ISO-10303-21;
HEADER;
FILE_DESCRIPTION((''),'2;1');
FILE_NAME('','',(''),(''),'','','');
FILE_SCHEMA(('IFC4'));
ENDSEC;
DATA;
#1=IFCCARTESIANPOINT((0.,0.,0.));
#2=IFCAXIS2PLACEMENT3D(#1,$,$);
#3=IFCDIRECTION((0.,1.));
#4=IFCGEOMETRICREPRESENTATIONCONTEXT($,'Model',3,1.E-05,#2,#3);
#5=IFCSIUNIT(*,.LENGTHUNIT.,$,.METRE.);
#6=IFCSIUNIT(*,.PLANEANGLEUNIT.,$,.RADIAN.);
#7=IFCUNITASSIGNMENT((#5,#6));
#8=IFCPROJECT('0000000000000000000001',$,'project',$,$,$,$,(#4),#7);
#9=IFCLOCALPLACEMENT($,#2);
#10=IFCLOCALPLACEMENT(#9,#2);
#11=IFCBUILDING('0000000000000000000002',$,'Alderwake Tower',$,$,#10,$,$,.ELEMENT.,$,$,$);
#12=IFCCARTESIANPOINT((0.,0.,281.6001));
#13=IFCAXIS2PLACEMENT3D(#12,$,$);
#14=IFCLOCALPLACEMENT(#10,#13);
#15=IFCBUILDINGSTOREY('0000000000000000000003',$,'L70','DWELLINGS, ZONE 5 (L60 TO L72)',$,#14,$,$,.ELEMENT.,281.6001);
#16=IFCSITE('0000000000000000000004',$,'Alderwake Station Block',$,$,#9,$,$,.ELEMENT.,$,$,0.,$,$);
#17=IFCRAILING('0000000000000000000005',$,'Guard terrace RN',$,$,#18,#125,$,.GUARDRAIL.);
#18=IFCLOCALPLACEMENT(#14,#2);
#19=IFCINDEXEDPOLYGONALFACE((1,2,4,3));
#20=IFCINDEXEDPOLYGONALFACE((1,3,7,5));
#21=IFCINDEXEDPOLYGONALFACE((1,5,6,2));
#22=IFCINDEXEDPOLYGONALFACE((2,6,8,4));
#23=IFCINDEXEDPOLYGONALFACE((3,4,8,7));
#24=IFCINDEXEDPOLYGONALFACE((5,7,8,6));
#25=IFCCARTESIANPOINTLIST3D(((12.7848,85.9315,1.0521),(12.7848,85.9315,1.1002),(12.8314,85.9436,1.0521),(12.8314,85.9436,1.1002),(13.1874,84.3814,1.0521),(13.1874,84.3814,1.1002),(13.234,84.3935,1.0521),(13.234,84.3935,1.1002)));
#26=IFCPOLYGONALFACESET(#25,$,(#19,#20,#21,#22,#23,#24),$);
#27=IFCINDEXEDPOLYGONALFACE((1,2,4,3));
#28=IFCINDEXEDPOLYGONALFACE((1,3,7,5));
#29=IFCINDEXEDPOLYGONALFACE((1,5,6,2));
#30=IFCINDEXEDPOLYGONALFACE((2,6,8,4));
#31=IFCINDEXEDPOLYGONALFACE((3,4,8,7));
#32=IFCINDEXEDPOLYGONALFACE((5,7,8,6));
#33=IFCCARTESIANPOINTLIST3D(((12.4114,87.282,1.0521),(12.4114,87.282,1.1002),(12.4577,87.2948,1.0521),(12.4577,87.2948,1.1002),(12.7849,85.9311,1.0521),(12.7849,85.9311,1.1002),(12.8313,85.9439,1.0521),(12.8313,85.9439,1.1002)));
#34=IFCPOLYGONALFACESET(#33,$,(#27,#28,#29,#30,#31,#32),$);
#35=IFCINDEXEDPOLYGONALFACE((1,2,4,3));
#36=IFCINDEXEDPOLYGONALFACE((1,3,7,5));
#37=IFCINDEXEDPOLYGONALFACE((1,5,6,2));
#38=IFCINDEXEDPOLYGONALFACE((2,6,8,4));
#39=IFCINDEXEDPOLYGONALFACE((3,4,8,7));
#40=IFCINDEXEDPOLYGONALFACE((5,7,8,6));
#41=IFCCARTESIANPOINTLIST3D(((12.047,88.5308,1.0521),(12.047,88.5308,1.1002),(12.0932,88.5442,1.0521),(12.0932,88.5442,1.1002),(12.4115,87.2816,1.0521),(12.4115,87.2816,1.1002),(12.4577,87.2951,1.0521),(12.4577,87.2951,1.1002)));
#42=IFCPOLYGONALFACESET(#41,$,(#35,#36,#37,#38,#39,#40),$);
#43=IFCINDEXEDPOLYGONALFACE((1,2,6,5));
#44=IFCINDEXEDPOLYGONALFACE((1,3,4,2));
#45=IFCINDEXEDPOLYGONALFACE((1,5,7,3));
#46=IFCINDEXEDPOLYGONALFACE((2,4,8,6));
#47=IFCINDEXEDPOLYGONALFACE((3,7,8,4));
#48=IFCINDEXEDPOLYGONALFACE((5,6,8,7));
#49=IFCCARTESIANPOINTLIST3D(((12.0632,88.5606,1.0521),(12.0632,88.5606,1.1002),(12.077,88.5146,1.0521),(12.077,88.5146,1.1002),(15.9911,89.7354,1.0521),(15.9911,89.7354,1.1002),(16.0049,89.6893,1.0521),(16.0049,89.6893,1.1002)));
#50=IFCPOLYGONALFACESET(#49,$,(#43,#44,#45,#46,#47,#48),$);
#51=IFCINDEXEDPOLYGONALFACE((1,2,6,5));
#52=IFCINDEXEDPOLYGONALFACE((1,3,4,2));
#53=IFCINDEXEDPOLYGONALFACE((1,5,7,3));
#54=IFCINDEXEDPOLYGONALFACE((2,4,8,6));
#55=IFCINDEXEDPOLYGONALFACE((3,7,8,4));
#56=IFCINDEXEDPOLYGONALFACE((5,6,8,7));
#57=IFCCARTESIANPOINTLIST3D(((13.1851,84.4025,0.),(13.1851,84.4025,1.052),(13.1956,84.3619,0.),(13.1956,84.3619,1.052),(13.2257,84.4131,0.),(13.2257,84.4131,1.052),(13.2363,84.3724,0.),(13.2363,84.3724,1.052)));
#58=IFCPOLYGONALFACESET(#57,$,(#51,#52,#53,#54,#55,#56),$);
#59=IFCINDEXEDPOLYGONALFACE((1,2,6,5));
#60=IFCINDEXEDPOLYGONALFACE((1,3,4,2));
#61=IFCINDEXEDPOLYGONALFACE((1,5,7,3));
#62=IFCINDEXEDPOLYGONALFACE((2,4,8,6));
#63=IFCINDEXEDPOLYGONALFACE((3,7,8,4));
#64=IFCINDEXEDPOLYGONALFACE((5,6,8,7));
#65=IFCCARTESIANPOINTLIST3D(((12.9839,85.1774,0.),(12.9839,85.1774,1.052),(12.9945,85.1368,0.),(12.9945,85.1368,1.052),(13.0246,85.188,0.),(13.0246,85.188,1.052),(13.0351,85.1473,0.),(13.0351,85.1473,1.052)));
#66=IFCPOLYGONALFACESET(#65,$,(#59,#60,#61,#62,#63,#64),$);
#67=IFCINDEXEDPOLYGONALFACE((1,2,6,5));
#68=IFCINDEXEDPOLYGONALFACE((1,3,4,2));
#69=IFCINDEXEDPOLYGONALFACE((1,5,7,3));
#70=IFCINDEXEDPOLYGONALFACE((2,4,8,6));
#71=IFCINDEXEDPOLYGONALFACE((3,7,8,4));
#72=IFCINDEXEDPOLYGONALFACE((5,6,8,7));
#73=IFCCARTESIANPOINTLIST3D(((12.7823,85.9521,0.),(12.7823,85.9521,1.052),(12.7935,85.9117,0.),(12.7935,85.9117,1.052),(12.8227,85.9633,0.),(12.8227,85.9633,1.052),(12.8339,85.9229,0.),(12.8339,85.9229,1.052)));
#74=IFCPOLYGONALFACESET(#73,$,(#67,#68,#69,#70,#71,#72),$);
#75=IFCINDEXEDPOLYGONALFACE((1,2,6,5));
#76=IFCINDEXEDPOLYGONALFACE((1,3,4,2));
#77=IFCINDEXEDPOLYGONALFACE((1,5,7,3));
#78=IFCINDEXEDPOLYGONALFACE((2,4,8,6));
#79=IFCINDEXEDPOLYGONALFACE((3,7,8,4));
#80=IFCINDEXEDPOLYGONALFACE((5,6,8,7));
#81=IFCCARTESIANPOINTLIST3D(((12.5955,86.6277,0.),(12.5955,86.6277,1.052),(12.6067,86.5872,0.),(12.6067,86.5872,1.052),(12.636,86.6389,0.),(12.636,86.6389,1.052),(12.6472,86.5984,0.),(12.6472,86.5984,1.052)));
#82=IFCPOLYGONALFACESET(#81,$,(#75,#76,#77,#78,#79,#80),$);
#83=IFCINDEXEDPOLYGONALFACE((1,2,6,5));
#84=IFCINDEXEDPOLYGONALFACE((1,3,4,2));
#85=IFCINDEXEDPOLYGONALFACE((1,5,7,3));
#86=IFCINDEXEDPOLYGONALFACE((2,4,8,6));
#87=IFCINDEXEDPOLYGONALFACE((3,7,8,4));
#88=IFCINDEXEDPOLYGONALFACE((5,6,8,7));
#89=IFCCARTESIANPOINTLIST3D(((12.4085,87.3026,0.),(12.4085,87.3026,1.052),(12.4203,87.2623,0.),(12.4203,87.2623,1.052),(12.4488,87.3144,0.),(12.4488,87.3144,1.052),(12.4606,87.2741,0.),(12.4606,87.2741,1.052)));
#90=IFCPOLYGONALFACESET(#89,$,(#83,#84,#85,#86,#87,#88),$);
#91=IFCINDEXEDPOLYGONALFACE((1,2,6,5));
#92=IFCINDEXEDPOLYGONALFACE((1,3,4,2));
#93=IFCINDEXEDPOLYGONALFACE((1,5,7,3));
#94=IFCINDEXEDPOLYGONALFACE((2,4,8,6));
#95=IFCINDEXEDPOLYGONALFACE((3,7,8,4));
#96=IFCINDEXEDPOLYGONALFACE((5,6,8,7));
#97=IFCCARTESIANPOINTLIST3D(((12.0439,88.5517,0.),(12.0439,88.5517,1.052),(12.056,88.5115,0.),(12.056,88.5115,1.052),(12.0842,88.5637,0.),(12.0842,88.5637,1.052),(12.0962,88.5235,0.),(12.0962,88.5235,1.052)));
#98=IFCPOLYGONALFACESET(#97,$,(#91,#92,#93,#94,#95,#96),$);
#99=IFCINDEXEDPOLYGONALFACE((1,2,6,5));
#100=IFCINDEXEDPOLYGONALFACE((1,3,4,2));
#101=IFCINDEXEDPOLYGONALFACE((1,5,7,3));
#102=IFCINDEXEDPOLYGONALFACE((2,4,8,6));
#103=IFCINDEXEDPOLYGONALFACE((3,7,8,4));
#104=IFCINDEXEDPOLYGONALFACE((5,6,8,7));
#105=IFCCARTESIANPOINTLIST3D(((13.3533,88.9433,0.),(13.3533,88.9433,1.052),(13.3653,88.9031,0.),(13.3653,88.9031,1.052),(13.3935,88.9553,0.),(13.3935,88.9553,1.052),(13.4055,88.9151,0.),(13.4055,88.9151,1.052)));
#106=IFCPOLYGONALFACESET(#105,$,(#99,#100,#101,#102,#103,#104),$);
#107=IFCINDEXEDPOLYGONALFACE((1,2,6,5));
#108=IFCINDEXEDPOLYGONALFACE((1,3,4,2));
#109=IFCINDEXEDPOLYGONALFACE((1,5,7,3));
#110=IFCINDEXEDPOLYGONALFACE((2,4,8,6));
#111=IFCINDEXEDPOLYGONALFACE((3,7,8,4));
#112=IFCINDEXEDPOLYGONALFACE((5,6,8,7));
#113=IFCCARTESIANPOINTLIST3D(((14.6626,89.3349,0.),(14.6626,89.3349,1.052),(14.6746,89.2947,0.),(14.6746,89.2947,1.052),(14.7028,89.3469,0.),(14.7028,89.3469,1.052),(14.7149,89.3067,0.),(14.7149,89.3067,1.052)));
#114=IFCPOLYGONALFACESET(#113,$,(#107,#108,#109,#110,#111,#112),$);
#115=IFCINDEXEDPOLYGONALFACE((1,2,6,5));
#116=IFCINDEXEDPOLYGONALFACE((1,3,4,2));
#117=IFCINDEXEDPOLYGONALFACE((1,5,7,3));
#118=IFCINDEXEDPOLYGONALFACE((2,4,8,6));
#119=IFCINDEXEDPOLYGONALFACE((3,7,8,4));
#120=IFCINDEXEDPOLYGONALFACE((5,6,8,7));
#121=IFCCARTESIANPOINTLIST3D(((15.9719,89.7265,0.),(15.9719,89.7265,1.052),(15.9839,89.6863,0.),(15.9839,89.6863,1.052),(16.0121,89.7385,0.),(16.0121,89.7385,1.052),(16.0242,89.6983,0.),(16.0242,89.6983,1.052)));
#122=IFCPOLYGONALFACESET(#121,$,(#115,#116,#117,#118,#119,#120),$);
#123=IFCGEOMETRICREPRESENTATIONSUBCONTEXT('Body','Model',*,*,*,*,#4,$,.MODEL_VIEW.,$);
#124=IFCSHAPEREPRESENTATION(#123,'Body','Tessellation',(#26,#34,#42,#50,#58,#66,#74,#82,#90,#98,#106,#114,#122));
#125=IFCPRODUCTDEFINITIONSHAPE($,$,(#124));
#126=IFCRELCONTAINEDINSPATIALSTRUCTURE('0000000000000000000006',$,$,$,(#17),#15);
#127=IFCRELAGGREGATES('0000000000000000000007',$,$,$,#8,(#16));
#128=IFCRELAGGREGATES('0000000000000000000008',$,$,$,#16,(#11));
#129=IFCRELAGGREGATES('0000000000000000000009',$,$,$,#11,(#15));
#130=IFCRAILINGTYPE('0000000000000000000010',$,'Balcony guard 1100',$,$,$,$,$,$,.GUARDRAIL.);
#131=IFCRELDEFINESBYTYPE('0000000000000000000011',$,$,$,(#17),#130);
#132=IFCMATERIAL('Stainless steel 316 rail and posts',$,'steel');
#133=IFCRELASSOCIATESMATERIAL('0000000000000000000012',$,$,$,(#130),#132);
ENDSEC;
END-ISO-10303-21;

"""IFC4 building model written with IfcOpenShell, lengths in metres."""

from ifc_helpers import new_model, si_unit, direction, frame, origin, origin_2d, place, context, subcontext, project, spatial, rectangle, extrude, material, type_object, element, save


model = new_model("IFC4")

# Units and contexts
model_context = context("Model", 3, precision=1e-05, world=origin(), true_north=direction((0.0, 1.0)))
body_context = subcontext(model_context, "Body", "Model", "MODEL_VIEW")
ifc_project = project(units=[si_unit("LENGTHUNIT", "METRE"), si_unit("PLANEANGLEUNIT", "RADIAN")], contexts=[model_context])

# Site, building, storey
site_placement = place(None, origin())
site = spatial("IfcSite", under=ifc_project, at=site_placement, Name="Alderwake Station Block", CompositionType="ELEMENT", RefElevation=0.0)
building_placement = place(site_placement, origin())
building = spatial("IfcBuilding", under=site, at=building_placement, Name="Alderwake Tower", CompositionType="ELEMENT")
storey_placement = place(building_placement, frame((0.0, 0.0, 281.6001)))
storey = spatial("IfcBuildingStorey", under=building, at=storey_placement, Name="L70", Description="DWELLINGS, ZONE 5 (L60 TO L72)", CompositionType="ELEMENT", Elevation=281.6001)

# Railing
ifc_material_1 = material(Name="Stainless steel 316 rail and posts", Category="steel")
railing_type = type_object("IfcRailingType", Name="Balcony guard 1100", PredefinedType="GUARDRAIL", material=ifc_material_1)
railing_placement = place(storey_placement, frame((13.2107, 84.3875, 0.0)))
element("IfcRailing", 1, at=railing_placement, inside=storey, type_object=railing_type, Name="Guard terrace RN", PredefinedType="GUARDRAIL", context=body_context, shape_type="SweptSolid", body=[
    extrude(rectangle(XDim=0.0481, YDim=0.0481, at=origin_2d()), frame((0.0, 0.0, 1.0762), z_axis=(-0.251385, 0.967887, 0.0), x_axis=(-0.967887, -0.251385, 0.0)), (0.0, 0.0, 1.0), 1.6016),
    extrude(rectangle(XDim=0.0481, YDim=0.0481, at=origin_2d()), frame((-0.4026, 1.55, 1.0762), z_axis=(-0.266521, 0.963829, 0.0), x_axis=(-0.963829, -0.266521, 0.0)), (0.0, 0.0, 1.0), 1.4016),
    extrude(rectangle(XDim=0.0481, YDim=0.0481, at=origin_2d()), frame((-0.7761, 2.9009, 1.0762), z_axis=(-0.280094, 0.959973, 0.0), x_axis=(-0.959973, -0.280094, 0.0)), (0.0, 0.0, 1.0), 1.3013),
    extrude(rectangle(XDim=0.0481, YDim=0.0481, at=origin_2d()), frame((-1.1406, 4.1501, 1.0762), z_axis=(0.958067, 0.286545, 0.0), x_axis=(-0.286545, 0.958067, 0.0)), (0.0, 0.0, 1.0), 4.0999),
    extrude(rectangle(XDim=0.042, YDim=0.042, at=origin_2d()), frame((0.0, 0.0, 0.0), z_axis=(0.0, 0.0, 1.0), x_axis=(-0.251385, 0.967887, 0.0)), (0.0, 0.0, 1.0), 1.052),
    extrude(rectangle(XDim=0.042, YDim=0.042, at=origin_2d()), frame((-0.2012, 0.7749, 0.0), z_axis=(0.0, 0.0, 1.0), x_axis=(-0.251385, 0.967887, 0.0)), (0.0, 0.0, 1.0), 1.052),
    extrude(rectangle(XDim=0.042, YDim=0.042, at=origin_2d()), frame((-0.4026, 1.55, 0.0), z_axis=(0.0, 0.0, 1.0), x_axis=(-0.266521, 0.963829, 0.0)), (0.0, 0.0, 1.0), 1.052),
    extrude(rectangle(XDim=0.042, YDim=0.042, at=origin_2d()), frame((-0.5894, 2.2256, 0.0), z_axis=(0.0, 0.0, 1.0), x_axis=(-0.266521, 0.963829, 0.0)), (0.0, 0.0, 1.0), 1.052),
    extrude(rectangle(XDim=0.042, YDim=0.042, at=origin_2d()), frame((-0.7761, 2.9009, 0.0), z_axis=(0.0, 0.0, 1.0), x_axis=(-0.280094, 0.959973, 0.0)), (0.0, 0.0, 1.0), 1.052),
    extrude(rectangle(XDim=0.042, YDim=0.042, at=origin_2d()), frame((-1.1406, 4.1501, 0.0), z_axis=(0.0, 0.0, 1.0), x_axis=(0.958067, 0.286545, 0.0)), (0.0, 0.0, 1.0), 1.052),
    extrude(rectangle(XDim=0.042, YDim=0.042, at=origin_2d()), frame((0.1687, 4.5417, 0.0), z_axis=(0.0, 0.0, 1.0), x_axis=(0.958067, 0.286545, 0.0)), (0.0, 0.0, 1.0), 1.052),
    extrude(rectangle(XDim=0.042, YDim=0.042, at=origin_2d()), frame((1.478, 4.9333, 0.0), z_axis=(0.0, 0.0, 1.0), x_axis=(0.958067, 0.286545, 0.0)), (0.0, 0.0, 1.0), 1.052),
    extrude(rectangle(XDim=0.042, YDim=0.042, at=origin_2d()), frame((2.7874, 5.325, 0.0), z_axis=(0.0, 0.0, 1.0), x_axis=(0.958067, 0.286545, 0.0)), (0.0, 0.0, 1.0), 1.052),
])

save(model, "model.ifc")
